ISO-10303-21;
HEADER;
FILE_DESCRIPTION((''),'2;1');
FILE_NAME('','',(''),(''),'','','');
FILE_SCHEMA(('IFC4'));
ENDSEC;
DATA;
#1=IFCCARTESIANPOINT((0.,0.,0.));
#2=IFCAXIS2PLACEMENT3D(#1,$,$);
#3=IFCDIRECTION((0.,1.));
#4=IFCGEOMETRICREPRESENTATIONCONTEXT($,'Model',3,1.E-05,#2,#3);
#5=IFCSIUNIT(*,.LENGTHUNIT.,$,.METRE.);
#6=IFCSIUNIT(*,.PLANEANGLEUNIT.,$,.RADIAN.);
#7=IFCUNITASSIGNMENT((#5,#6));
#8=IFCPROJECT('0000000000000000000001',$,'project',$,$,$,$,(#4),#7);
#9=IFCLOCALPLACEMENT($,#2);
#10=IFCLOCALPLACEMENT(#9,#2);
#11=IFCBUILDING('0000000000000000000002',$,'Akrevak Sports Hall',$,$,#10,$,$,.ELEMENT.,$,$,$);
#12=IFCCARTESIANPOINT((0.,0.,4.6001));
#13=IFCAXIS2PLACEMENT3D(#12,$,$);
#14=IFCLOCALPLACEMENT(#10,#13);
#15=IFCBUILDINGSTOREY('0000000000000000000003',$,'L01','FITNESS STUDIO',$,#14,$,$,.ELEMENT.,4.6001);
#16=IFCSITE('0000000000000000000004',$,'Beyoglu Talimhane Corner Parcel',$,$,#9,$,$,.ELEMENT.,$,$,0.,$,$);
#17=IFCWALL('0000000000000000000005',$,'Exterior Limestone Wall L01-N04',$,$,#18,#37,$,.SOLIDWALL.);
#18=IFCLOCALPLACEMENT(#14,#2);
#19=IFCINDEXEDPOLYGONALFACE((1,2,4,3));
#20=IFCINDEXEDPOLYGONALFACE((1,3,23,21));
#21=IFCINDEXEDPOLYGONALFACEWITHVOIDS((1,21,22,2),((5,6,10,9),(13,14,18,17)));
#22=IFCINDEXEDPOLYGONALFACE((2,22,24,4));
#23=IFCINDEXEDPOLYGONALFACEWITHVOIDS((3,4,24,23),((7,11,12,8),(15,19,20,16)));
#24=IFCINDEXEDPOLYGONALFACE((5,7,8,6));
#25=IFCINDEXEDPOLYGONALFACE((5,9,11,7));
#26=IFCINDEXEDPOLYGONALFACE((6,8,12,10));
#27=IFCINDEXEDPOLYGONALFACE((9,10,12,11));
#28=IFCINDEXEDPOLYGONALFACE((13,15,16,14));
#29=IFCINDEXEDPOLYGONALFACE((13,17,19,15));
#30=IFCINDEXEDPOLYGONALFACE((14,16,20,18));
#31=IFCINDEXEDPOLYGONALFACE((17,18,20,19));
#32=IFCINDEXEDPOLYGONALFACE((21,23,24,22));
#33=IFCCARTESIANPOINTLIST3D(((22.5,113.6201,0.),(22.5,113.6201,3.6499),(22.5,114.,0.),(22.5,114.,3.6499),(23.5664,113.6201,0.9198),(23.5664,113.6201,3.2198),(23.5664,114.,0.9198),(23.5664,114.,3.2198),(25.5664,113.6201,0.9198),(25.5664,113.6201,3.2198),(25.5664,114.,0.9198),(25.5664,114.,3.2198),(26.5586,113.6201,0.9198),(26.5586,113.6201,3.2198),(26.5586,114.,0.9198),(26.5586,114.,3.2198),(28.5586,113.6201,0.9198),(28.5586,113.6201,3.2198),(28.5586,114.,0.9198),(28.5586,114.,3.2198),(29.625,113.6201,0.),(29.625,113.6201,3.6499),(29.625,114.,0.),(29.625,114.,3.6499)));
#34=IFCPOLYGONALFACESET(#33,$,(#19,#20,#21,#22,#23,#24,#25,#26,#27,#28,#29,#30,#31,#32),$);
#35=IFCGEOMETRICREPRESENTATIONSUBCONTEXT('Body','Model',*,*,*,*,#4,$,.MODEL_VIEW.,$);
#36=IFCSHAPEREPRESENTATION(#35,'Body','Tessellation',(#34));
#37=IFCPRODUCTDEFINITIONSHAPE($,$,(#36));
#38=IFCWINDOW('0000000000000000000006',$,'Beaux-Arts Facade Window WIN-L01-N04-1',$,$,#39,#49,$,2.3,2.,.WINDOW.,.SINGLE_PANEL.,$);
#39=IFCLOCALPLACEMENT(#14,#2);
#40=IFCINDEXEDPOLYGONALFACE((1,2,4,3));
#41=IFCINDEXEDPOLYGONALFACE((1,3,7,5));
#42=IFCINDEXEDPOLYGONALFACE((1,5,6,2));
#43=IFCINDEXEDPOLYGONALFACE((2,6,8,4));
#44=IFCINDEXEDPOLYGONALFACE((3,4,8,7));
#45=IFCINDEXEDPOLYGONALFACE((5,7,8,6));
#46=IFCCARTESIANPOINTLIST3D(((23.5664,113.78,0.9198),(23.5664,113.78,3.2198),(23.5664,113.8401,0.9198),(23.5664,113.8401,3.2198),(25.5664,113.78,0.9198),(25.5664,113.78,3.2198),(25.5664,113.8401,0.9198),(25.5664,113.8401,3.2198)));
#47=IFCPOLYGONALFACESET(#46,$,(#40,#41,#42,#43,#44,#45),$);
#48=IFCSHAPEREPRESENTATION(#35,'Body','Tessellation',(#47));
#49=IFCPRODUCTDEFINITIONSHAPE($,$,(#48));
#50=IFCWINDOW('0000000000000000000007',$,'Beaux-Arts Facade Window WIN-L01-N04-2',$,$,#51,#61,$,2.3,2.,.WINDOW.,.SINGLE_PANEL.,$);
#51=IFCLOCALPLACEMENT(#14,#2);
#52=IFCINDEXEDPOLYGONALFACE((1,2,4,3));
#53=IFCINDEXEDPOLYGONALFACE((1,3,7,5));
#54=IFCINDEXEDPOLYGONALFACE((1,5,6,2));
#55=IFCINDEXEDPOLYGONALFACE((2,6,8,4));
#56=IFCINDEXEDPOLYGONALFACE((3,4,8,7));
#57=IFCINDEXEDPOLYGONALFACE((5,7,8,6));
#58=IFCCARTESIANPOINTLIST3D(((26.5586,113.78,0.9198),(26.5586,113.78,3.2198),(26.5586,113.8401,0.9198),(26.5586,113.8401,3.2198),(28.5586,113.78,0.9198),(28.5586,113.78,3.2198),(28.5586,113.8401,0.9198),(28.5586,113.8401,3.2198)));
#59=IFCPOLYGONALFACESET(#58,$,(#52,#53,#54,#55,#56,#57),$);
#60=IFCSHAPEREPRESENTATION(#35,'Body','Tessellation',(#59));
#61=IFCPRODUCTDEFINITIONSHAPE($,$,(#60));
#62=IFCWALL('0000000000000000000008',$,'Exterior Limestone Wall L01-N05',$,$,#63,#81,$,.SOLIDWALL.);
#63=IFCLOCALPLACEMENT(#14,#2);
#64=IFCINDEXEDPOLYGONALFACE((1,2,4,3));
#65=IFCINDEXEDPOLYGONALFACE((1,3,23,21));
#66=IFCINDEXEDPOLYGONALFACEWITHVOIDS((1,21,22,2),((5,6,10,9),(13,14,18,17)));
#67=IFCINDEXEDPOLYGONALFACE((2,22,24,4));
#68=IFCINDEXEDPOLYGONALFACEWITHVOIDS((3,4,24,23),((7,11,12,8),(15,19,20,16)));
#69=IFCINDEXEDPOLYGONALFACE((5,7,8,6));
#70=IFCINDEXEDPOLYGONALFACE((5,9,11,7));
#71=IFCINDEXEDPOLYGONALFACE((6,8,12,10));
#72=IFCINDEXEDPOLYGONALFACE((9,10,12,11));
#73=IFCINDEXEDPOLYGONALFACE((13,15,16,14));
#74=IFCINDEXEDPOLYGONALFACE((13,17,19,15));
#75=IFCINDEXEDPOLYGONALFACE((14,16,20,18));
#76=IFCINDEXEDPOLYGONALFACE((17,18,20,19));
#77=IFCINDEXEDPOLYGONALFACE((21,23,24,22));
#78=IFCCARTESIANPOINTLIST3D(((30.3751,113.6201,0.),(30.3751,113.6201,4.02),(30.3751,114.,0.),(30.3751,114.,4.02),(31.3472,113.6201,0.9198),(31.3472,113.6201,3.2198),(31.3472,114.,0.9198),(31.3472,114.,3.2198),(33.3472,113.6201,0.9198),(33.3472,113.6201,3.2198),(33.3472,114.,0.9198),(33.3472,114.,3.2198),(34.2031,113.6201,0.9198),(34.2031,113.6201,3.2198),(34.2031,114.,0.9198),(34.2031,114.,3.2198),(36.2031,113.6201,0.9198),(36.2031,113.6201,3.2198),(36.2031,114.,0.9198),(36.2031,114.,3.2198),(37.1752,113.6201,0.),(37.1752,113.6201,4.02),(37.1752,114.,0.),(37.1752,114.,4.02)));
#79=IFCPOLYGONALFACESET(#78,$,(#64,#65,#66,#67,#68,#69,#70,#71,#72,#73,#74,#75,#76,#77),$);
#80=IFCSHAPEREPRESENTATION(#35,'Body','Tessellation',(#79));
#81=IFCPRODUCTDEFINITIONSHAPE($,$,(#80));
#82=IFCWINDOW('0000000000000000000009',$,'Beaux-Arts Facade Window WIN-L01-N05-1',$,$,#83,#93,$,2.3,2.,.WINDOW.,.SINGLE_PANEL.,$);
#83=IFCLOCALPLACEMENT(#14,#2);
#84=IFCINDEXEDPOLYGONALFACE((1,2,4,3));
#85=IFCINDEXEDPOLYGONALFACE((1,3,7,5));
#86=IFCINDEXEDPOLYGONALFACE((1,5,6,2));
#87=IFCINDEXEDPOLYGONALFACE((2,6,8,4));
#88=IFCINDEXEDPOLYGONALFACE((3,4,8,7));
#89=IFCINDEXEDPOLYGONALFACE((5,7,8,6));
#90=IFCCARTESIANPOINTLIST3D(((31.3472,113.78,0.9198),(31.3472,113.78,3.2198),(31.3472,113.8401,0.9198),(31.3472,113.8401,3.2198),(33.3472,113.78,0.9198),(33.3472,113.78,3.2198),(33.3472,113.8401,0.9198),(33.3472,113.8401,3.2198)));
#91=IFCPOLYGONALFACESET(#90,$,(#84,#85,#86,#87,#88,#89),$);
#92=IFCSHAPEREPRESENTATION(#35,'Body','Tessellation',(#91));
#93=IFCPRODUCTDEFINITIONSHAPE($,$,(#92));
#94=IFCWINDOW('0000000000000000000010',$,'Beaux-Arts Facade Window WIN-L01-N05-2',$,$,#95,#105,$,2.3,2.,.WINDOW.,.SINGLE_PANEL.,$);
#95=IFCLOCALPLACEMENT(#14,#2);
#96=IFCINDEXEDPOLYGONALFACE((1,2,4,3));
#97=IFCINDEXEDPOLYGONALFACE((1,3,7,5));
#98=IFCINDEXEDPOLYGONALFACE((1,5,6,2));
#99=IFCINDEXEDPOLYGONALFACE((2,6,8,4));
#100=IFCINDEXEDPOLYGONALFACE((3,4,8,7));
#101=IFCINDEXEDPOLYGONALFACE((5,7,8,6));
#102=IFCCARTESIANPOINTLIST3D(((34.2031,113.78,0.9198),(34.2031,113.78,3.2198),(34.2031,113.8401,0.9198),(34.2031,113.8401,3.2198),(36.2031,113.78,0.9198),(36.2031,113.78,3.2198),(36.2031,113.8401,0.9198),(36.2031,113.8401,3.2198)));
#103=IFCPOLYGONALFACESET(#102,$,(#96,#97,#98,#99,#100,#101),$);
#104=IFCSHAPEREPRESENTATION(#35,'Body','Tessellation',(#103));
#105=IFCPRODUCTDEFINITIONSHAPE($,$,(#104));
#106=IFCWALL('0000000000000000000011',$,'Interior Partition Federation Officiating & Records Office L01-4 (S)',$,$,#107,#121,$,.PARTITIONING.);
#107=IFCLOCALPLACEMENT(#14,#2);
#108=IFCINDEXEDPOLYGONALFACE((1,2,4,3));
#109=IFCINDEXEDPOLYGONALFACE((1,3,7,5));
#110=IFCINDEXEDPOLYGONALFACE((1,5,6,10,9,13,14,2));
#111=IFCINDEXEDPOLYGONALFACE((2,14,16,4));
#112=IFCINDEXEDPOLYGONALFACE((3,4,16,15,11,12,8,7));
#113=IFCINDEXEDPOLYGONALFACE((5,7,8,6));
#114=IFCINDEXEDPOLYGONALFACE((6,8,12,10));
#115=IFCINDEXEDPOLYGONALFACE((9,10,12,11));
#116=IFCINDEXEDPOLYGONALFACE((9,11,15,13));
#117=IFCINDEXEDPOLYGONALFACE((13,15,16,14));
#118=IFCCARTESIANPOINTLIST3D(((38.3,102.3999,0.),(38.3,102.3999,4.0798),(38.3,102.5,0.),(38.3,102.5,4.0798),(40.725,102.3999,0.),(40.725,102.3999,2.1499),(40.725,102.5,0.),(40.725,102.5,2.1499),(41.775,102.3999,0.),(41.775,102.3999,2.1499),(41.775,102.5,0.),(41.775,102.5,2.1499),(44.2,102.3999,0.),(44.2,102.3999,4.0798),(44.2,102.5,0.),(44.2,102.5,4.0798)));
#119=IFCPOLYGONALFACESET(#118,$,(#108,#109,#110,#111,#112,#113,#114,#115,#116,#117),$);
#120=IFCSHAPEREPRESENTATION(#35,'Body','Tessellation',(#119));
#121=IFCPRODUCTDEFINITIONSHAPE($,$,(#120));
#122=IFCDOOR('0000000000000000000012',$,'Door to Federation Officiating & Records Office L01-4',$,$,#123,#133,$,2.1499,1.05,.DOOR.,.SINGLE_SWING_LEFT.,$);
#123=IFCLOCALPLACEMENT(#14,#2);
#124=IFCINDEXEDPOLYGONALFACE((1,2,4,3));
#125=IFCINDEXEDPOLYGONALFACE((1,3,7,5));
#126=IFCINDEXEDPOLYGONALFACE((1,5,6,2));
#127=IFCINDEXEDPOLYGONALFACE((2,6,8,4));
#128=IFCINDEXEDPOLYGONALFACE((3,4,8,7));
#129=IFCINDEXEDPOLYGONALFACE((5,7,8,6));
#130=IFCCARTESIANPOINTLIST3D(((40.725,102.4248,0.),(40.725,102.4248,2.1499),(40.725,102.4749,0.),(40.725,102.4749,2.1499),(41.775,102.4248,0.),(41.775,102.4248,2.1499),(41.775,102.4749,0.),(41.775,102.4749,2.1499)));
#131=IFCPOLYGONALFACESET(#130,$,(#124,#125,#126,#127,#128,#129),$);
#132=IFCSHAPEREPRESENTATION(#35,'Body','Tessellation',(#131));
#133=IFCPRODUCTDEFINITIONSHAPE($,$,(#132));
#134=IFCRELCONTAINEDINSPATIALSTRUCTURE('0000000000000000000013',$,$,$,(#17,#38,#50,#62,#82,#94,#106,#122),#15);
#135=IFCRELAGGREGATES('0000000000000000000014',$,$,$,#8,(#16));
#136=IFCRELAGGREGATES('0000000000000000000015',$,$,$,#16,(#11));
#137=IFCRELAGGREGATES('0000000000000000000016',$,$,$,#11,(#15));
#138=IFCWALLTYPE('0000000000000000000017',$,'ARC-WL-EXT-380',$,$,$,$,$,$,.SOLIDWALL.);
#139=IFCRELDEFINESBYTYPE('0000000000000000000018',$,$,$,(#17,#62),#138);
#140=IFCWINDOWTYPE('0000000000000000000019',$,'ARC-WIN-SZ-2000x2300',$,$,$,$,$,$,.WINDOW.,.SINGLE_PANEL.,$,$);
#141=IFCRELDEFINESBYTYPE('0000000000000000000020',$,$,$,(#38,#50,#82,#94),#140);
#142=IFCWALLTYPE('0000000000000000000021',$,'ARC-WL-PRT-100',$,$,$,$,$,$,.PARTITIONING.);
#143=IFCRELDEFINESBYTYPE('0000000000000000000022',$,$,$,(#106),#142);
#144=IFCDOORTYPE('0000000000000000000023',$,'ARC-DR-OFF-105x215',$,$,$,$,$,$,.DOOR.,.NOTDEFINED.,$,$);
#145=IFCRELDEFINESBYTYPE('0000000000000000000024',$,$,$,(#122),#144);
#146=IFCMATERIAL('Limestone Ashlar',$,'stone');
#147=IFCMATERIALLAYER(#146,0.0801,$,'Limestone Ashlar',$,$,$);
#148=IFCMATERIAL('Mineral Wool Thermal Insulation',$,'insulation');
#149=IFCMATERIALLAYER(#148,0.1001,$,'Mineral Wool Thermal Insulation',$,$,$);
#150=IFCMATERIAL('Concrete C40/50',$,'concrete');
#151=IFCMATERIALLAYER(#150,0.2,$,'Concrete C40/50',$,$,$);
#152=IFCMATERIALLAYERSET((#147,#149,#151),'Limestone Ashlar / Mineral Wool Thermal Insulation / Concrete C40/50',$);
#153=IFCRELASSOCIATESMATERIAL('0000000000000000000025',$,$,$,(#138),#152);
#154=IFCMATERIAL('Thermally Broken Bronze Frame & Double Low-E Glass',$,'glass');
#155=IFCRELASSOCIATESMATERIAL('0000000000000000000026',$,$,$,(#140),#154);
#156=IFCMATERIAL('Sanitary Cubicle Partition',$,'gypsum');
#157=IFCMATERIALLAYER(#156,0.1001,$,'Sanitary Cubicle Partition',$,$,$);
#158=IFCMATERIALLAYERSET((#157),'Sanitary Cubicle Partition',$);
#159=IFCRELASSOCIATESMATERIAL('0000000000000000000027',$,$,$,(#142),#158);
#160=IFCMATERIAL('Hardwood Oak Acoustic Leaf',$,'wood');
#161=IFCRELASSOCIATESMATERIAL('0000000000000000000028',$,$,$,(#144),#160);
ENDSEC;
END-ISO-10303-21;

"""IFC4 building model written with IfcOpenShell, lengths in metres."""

from ifc_helpers import new_model, si_unit, direction, frame, frame_2d, origin, place, context, subcontext, project, spatial, rectangle, extrude, material, layer, layer_set, type_object, element, fill, save


model = new_model("IFC4")

# Units and contexts
model_context = context("Model", 3, precision=1e-05, world=origin(), true_north=direction((0.0, 1.0)))
body_context = subcontext(model_context, "Body", "Model", "MODEL_VIEW")
ifc_project = project(units=[si_unit("LENGTHUNIT", "METRE"), si_unit("PLANEANGLEUNIT", "RADIAN")], contexts=[model_context])

# Site, building, storey
site_placement = place(None, origin())
site = spatial("IfcSite", under=ifc_project, at=site_placement, Name="Beyoglu Talimhane Corner Parcel", CompositionType="ELEMENT", RefElevation=0.0)
building_placement = place(site_placement, origin())
building = spatial("IfcBuilding", under=site, at=building_placement, Name="Akrevak Sports Hall", CompositionType="ELEMENT")
storey_placement = place(building_placement, frame((0.0, 0.0, 4.6001)))
storey = spatial("IfcBuildingStorey", under=building, at=storey_placement, Name="L01", Description="FITNESS STUDIO", CompositionType="ELEMENT", Elevation=4.6001)

# Shared definitions
ifc_material_1 = material(Name="Concrete C40/50", Category="concrete")

# Walls, openings, windows
ifc_material_2 = material(Name="Limestone Ashlar", Category="stone")
ifc_layer_1 = layer(ifc_material_2, 0.0801, Name="Limestone Ashlar")
ifc_material_3 = material(Name="Mineral Wool Thermal Insulation", Category="insulation")
ifc_layer_2 = layer(ifc_material_3, 0.1001, Name="Mineral Wool Thermal Insulation")
ifc_layer_3 = layer(ifc_material_1, 0.2, Name="Concrete C40/50")
ifc_layer_set_1 = layer_set([ifc_layer_1, ifc_layer_2, ifc_layer_3], Name="Limestone Ashlar / Mineral Wool Thermal Insulation / Concrete C40/50")
wall_type_1 = type_object("IfcWallType", Name="ARC-WL-EXT-380", PredefinedType="SOLIDWALL", material=ifc_layer_set_1)
ifc_material_4 = material(Name="Thermally Broken Bronze Frame & Double Low-E Glass", Category="glass")
wall_1_placement = place(storey_placement, frame((29.625, 113.8101, 0.0), z_axis=(0.0, 0.0, 1.0), x_axis=(-1.0, 0.0, 0.0)))
wall_1 = element("IfcWall", 1, at=wall_1_placement, inside=storey, type_object=wall_type_1, Name="Exterior Limestone Wall L01-N04", PredefinedType="SOLIDWALL", context=body_context, shape_type="SweptSolid", body=[
    extrude(rectangle(XDim=7.125, YDim=0.3799, at=frame_2d((3.5625, 0.0))), origin(), (0.0, 0.0, 1.0), 3.6499),
])
opening_1_placement = place(wall_1_placement, frame((4.0586, 0.0, 0.9199)))
opening_1 = element("IfcOpeningElement", 2, at=opening_1_placement, cuts=wall_1, PredefinedType="OPENING", context=body_context, shape_type="SweptSolid", body=[
    extrude(rectangle(XDim=2.0, YDim=2.3, at=frame_2d((1.0, 1.1499))), frame((0.0, 0.2019, 0.0), z_axis=(0.0, -1.0, 0.0), x_axis=(1.0, 0.0, 0.0)), (0.0, 0.0, 1.0), 0.4038),
])
opening_2_placement = place(wall_1_placement, frame((1.0664, 0.0, 0.9199)))
opening_2 = element("IfcOpeningElement", 3, at=opening_2_placement, cuts=wall_1, PredefinedType="OPENING", context=body_context, shape_type="SweptSolid", body=[
    extrude(rectangle(XDim=2.0, YDim=2.3, at=frame_2d((1.0, 1.1499))), frame((0.0, 0.2019, 0.0), z_axis=(0.0, -1.0, 0.0), x_axis=(1.0, 0.0, 0.0)), (0.0, 0.0, 1.0), 0.4038),
])
window_type_1 = type_object("IfcWindowType", Name="ARC-WIN-SZ-2000x2300", PartitioningType="SINGLE_PANEL", PredefinedType="WINDOW", material=ifc_material_4)
window_1_placement = place(opening_1_placement, origin())
window_1 = element("IfcWindow", 4, at=window_1_placement, inside=storey, type_object=window_type_1, Name="Beaux-Arts Facade Window WIN-L01-N04-1", OverallHeight=2.3, OverallWidth=2.0, PartitioningType="SINGLE_PANEL", PredefinedType="WINDOW", context=body_context, shape_type="SweptSolid", body=[
    extrude(rectangle(XDim=2.0, YDim=2.3, at=frame_2d((1.0, 1.1499))), frame((0.0, 0.03, 0.0), z_axis=(0.0, -1.0, 0.0), x_axis=(1.0, 0.0, 0.0)), (0.0, 0.0, 1.0), 0.0601),
])
fill(opening_1, window_1)
window_2_placement = place(opening_2_placement, origin())
window_2 = element("IfcWindow", 5, at=window_2_placement, inside=storey, type_object=window_type_1, Name="Beaux-Arts Facade Window WIN-L01-N04-2", OverallHeight=2.3, OverallWidth=2.0, PartitioningType="SINGLE_PANEL", PredefinedType="WINDOW", context=body_context, shape_type="SweptSolid", body=[
    extrude(rectangle(XDim=2.0, YDim=2.3, at=frame_2d((1.0, 1.1499))), frame((0.0, 0.03, 0.0), z_axis=(0.0, -1.0, 0.0), x_axis=(1.0, 0.0, 0.0)), (0.0, 0.0, 1.0), 0.0601),
])
fill(opening_2, window_2)
wall_2_placement = place(storey_placement, frame((37.175, 113.8101, 0.0), z_axis=(0.0, 0.0, 1.0), x_axis=(-1.0, 0.0, 0.0)))
wall_2 = element("IfcWall", 6, at=wall_2_placement, inside=storey, type_object=wall_type_1, Name="Exterior Limestone Wall L01-N05", PredefinedType="SOLIDWALL", context=body_context, shape_type="SweptSolid", body=[
    extrude(rectangle(XDim=6.8, YDim=0.3799, at=frame_2d((3.3999, 0.0))), origin(), (0.0, 0.0, 1.0), 4.02),
])
opening_3_placement = place(wall_2_placement, frame((3.8279, 0.0, 0.9199)))
opening_3 = element("IfcOpeningElement", 7, at=opening_3_placement, cuts=wall_2, PredefinedType="OPENING", context=body_context, shape_type="SweptSolid", body=[
    extrude(rectangle(XDim=2.0, YDim=2.3, at=frame_2d((1.0, 1.1499))), frame((0.0, 0.2019, 0.0), z_axis=(0.0, -1.0, 0.0), x_axis=(1.0, 0.0, 0.0)), (0.0, 0.0, 1.0), 0.4038),
])
opening_4_placement = place(wall_2_placement, frame((0.9719, 0.0, 0.9199)))
opening_4 = element("IfcOpeningElement", 8, at=opening_4_placement, cuts=wall_2, PredefinedType="OPENING", context=body_context, shape_type="SweptSolid", body=[
    extrude(rectangle(XDim=2.0, YDim=2.3, at=frame_2d((1.0, 1.1499))), frame((0.0, 0.2019, 0.0), z_axis=(0.0, -1.0, 0.0), x_axis=(1.0, 0.0, 0.0)), (0.0, 0.0, 1.0), 0.4038),
])
window_3_placement = place(opening_3_placement, origin())
window_3 = element("IfcWindow", 9, at=window_3_placement, inside=storey, type_object=window_type_1, Name="Beaux-Arts Facade Window WIN-L01-N05-1", OverallHeight=2.3, OverallWidth=2.0, PartitioningType="SINGLE_PANEL", PredefinedType="WINDOW", context=body_context, shape_type="SweptSolid", body=[
    extrude(rectangle(XDim=2.0, YDim=2.3, at=frame_2d((1.0, 1.1499))), frame((0.0, 0.03, 0.0), z_axis=(0.0, -1.0, 0.0), x_axis=(1.0, 0.0, 0.0)), (0.0, 0.0, 1.0), 0.0601),
])
fill(opening_3, window_3)
window_4_placement = place(opening_4_placement, origin())
window_4 = element("IfcWindow", 10, at=window_4_placement, inside=storey, type_object=window_type_1, Name="Beaux-Arts Facade Window WIN-L01-N05-2", OverallHeight=2.3, OverallWidth=2.0, PartitioningType="SINGLE_PANEL", PredefinedType="WINDOW", context=body_context, shape_type="SweptSolid", body=[
    extrude(rectangle(XDim=2.0, YDim=2.3, at=frame_2d((1.0, 1.1499))), frame((0.0, 0.03, 0.0), z_axis=(0.0, -1.0, 0.0), x_axis=(1.0, 0.0, 0.0)), (0.0, 0.0, 1.0), 0.0601),
])
fill(opening_4, window_4)

# Wall, opening, door
ifc_material_5 = material(Name="Sanitary Cubicle Partition", Category="gypsum")
ifc_layer_4 = layer(ifc_material_5, 0.1001, Name="Sanitary Cubicle Partition")
ifc_layer_set_2 = layer_set([ifc_layer_4], Name="Sanitary Cubicle Partition")
wall_type_2 = type_object("IfcWallType", Name="ARC-WL-PRT-100", PredefinedType="PARTITIONING", material=ifc_layer_set_2)
wall_3_placement = place(storey_placement, frame((38.3, 102.45, 0.0), z_axis=(0.0, 0.0, 1.0), x_axis=(1.0, 0.0, 0.0)))
wall_3 = element("IfcWall", 11, at=wall_3_placement, inside=storey, type_object=wall_type_2, Name="Interior Partition Federation Officiating & Records Office L01-4 (S)", PredefinedType="PARTITIONING", context=body_context, shape_type="SweptSolid", body=[
    extrude(rectangle(XDim=5.8999, YDim=0.1001, at=frame_2d((2.95, 0.0))), origin(), (0.0, 0.0, 1.0), 4.0798),
])
opening_5_placement = place(wall_3_placement, frame((2.425, 0.0, 0.0)))
opening_5 = element("IfcOpeningElement", 12, at=opening_5_placement, cuts=wall_3, PredefinedType="OPENING", context=body_context, shape_type="SweptSolid", body=[
    extrude(rectangle(XDim=1.05, YDim=2.1499, at=frame_2d((0.5249, 1.075))), frame((0.0, 0.062, 0.0), z_axis=(0.0, -1.0, 0.0), x_axis=(1.0, 0.0, 0.0)), (0.0, 0.0, 1.0), 0.124),
])
ifc_material_6 = material(Name="Hardwood Oak Acoustic Leaf", Category="wood")
door_type_1 = type_object("IfcDoorType", Name="ARC-DR-OFF-105x215", OperationType="NOTDEFINED", PredefinedType="DOOR", material=ifc_material_6)
door_1_placement = place(opening_5_placement, origin())
door_1 = element("IfcDoor", 13, at=door_1_placement, inside=storey, type_object=door_type_1, Name="Door to Federation Officiating & Records Office L01-4", OperationType="SINGLE_SWING_LEFT", OverallHeight=2.1499, OverallWidth=1.05, PredefinedType="DOOR", context=body_context, shape_type="SweptSolid", body=[
    extrude(rectangle(XDim=1.05, YDim=2.1499, at=frame_2d((0.5249, 1.075))), frame((0.0, 0.0249, 0.0), z_axis=(0.0, -1.0, 0.0), x_axis=(1.0, 0.0, 0.0)), (0.0, 0.0, 1.0), 0.05),
])
fill(opening_5, door_1)

save(model, "model.ifc")
